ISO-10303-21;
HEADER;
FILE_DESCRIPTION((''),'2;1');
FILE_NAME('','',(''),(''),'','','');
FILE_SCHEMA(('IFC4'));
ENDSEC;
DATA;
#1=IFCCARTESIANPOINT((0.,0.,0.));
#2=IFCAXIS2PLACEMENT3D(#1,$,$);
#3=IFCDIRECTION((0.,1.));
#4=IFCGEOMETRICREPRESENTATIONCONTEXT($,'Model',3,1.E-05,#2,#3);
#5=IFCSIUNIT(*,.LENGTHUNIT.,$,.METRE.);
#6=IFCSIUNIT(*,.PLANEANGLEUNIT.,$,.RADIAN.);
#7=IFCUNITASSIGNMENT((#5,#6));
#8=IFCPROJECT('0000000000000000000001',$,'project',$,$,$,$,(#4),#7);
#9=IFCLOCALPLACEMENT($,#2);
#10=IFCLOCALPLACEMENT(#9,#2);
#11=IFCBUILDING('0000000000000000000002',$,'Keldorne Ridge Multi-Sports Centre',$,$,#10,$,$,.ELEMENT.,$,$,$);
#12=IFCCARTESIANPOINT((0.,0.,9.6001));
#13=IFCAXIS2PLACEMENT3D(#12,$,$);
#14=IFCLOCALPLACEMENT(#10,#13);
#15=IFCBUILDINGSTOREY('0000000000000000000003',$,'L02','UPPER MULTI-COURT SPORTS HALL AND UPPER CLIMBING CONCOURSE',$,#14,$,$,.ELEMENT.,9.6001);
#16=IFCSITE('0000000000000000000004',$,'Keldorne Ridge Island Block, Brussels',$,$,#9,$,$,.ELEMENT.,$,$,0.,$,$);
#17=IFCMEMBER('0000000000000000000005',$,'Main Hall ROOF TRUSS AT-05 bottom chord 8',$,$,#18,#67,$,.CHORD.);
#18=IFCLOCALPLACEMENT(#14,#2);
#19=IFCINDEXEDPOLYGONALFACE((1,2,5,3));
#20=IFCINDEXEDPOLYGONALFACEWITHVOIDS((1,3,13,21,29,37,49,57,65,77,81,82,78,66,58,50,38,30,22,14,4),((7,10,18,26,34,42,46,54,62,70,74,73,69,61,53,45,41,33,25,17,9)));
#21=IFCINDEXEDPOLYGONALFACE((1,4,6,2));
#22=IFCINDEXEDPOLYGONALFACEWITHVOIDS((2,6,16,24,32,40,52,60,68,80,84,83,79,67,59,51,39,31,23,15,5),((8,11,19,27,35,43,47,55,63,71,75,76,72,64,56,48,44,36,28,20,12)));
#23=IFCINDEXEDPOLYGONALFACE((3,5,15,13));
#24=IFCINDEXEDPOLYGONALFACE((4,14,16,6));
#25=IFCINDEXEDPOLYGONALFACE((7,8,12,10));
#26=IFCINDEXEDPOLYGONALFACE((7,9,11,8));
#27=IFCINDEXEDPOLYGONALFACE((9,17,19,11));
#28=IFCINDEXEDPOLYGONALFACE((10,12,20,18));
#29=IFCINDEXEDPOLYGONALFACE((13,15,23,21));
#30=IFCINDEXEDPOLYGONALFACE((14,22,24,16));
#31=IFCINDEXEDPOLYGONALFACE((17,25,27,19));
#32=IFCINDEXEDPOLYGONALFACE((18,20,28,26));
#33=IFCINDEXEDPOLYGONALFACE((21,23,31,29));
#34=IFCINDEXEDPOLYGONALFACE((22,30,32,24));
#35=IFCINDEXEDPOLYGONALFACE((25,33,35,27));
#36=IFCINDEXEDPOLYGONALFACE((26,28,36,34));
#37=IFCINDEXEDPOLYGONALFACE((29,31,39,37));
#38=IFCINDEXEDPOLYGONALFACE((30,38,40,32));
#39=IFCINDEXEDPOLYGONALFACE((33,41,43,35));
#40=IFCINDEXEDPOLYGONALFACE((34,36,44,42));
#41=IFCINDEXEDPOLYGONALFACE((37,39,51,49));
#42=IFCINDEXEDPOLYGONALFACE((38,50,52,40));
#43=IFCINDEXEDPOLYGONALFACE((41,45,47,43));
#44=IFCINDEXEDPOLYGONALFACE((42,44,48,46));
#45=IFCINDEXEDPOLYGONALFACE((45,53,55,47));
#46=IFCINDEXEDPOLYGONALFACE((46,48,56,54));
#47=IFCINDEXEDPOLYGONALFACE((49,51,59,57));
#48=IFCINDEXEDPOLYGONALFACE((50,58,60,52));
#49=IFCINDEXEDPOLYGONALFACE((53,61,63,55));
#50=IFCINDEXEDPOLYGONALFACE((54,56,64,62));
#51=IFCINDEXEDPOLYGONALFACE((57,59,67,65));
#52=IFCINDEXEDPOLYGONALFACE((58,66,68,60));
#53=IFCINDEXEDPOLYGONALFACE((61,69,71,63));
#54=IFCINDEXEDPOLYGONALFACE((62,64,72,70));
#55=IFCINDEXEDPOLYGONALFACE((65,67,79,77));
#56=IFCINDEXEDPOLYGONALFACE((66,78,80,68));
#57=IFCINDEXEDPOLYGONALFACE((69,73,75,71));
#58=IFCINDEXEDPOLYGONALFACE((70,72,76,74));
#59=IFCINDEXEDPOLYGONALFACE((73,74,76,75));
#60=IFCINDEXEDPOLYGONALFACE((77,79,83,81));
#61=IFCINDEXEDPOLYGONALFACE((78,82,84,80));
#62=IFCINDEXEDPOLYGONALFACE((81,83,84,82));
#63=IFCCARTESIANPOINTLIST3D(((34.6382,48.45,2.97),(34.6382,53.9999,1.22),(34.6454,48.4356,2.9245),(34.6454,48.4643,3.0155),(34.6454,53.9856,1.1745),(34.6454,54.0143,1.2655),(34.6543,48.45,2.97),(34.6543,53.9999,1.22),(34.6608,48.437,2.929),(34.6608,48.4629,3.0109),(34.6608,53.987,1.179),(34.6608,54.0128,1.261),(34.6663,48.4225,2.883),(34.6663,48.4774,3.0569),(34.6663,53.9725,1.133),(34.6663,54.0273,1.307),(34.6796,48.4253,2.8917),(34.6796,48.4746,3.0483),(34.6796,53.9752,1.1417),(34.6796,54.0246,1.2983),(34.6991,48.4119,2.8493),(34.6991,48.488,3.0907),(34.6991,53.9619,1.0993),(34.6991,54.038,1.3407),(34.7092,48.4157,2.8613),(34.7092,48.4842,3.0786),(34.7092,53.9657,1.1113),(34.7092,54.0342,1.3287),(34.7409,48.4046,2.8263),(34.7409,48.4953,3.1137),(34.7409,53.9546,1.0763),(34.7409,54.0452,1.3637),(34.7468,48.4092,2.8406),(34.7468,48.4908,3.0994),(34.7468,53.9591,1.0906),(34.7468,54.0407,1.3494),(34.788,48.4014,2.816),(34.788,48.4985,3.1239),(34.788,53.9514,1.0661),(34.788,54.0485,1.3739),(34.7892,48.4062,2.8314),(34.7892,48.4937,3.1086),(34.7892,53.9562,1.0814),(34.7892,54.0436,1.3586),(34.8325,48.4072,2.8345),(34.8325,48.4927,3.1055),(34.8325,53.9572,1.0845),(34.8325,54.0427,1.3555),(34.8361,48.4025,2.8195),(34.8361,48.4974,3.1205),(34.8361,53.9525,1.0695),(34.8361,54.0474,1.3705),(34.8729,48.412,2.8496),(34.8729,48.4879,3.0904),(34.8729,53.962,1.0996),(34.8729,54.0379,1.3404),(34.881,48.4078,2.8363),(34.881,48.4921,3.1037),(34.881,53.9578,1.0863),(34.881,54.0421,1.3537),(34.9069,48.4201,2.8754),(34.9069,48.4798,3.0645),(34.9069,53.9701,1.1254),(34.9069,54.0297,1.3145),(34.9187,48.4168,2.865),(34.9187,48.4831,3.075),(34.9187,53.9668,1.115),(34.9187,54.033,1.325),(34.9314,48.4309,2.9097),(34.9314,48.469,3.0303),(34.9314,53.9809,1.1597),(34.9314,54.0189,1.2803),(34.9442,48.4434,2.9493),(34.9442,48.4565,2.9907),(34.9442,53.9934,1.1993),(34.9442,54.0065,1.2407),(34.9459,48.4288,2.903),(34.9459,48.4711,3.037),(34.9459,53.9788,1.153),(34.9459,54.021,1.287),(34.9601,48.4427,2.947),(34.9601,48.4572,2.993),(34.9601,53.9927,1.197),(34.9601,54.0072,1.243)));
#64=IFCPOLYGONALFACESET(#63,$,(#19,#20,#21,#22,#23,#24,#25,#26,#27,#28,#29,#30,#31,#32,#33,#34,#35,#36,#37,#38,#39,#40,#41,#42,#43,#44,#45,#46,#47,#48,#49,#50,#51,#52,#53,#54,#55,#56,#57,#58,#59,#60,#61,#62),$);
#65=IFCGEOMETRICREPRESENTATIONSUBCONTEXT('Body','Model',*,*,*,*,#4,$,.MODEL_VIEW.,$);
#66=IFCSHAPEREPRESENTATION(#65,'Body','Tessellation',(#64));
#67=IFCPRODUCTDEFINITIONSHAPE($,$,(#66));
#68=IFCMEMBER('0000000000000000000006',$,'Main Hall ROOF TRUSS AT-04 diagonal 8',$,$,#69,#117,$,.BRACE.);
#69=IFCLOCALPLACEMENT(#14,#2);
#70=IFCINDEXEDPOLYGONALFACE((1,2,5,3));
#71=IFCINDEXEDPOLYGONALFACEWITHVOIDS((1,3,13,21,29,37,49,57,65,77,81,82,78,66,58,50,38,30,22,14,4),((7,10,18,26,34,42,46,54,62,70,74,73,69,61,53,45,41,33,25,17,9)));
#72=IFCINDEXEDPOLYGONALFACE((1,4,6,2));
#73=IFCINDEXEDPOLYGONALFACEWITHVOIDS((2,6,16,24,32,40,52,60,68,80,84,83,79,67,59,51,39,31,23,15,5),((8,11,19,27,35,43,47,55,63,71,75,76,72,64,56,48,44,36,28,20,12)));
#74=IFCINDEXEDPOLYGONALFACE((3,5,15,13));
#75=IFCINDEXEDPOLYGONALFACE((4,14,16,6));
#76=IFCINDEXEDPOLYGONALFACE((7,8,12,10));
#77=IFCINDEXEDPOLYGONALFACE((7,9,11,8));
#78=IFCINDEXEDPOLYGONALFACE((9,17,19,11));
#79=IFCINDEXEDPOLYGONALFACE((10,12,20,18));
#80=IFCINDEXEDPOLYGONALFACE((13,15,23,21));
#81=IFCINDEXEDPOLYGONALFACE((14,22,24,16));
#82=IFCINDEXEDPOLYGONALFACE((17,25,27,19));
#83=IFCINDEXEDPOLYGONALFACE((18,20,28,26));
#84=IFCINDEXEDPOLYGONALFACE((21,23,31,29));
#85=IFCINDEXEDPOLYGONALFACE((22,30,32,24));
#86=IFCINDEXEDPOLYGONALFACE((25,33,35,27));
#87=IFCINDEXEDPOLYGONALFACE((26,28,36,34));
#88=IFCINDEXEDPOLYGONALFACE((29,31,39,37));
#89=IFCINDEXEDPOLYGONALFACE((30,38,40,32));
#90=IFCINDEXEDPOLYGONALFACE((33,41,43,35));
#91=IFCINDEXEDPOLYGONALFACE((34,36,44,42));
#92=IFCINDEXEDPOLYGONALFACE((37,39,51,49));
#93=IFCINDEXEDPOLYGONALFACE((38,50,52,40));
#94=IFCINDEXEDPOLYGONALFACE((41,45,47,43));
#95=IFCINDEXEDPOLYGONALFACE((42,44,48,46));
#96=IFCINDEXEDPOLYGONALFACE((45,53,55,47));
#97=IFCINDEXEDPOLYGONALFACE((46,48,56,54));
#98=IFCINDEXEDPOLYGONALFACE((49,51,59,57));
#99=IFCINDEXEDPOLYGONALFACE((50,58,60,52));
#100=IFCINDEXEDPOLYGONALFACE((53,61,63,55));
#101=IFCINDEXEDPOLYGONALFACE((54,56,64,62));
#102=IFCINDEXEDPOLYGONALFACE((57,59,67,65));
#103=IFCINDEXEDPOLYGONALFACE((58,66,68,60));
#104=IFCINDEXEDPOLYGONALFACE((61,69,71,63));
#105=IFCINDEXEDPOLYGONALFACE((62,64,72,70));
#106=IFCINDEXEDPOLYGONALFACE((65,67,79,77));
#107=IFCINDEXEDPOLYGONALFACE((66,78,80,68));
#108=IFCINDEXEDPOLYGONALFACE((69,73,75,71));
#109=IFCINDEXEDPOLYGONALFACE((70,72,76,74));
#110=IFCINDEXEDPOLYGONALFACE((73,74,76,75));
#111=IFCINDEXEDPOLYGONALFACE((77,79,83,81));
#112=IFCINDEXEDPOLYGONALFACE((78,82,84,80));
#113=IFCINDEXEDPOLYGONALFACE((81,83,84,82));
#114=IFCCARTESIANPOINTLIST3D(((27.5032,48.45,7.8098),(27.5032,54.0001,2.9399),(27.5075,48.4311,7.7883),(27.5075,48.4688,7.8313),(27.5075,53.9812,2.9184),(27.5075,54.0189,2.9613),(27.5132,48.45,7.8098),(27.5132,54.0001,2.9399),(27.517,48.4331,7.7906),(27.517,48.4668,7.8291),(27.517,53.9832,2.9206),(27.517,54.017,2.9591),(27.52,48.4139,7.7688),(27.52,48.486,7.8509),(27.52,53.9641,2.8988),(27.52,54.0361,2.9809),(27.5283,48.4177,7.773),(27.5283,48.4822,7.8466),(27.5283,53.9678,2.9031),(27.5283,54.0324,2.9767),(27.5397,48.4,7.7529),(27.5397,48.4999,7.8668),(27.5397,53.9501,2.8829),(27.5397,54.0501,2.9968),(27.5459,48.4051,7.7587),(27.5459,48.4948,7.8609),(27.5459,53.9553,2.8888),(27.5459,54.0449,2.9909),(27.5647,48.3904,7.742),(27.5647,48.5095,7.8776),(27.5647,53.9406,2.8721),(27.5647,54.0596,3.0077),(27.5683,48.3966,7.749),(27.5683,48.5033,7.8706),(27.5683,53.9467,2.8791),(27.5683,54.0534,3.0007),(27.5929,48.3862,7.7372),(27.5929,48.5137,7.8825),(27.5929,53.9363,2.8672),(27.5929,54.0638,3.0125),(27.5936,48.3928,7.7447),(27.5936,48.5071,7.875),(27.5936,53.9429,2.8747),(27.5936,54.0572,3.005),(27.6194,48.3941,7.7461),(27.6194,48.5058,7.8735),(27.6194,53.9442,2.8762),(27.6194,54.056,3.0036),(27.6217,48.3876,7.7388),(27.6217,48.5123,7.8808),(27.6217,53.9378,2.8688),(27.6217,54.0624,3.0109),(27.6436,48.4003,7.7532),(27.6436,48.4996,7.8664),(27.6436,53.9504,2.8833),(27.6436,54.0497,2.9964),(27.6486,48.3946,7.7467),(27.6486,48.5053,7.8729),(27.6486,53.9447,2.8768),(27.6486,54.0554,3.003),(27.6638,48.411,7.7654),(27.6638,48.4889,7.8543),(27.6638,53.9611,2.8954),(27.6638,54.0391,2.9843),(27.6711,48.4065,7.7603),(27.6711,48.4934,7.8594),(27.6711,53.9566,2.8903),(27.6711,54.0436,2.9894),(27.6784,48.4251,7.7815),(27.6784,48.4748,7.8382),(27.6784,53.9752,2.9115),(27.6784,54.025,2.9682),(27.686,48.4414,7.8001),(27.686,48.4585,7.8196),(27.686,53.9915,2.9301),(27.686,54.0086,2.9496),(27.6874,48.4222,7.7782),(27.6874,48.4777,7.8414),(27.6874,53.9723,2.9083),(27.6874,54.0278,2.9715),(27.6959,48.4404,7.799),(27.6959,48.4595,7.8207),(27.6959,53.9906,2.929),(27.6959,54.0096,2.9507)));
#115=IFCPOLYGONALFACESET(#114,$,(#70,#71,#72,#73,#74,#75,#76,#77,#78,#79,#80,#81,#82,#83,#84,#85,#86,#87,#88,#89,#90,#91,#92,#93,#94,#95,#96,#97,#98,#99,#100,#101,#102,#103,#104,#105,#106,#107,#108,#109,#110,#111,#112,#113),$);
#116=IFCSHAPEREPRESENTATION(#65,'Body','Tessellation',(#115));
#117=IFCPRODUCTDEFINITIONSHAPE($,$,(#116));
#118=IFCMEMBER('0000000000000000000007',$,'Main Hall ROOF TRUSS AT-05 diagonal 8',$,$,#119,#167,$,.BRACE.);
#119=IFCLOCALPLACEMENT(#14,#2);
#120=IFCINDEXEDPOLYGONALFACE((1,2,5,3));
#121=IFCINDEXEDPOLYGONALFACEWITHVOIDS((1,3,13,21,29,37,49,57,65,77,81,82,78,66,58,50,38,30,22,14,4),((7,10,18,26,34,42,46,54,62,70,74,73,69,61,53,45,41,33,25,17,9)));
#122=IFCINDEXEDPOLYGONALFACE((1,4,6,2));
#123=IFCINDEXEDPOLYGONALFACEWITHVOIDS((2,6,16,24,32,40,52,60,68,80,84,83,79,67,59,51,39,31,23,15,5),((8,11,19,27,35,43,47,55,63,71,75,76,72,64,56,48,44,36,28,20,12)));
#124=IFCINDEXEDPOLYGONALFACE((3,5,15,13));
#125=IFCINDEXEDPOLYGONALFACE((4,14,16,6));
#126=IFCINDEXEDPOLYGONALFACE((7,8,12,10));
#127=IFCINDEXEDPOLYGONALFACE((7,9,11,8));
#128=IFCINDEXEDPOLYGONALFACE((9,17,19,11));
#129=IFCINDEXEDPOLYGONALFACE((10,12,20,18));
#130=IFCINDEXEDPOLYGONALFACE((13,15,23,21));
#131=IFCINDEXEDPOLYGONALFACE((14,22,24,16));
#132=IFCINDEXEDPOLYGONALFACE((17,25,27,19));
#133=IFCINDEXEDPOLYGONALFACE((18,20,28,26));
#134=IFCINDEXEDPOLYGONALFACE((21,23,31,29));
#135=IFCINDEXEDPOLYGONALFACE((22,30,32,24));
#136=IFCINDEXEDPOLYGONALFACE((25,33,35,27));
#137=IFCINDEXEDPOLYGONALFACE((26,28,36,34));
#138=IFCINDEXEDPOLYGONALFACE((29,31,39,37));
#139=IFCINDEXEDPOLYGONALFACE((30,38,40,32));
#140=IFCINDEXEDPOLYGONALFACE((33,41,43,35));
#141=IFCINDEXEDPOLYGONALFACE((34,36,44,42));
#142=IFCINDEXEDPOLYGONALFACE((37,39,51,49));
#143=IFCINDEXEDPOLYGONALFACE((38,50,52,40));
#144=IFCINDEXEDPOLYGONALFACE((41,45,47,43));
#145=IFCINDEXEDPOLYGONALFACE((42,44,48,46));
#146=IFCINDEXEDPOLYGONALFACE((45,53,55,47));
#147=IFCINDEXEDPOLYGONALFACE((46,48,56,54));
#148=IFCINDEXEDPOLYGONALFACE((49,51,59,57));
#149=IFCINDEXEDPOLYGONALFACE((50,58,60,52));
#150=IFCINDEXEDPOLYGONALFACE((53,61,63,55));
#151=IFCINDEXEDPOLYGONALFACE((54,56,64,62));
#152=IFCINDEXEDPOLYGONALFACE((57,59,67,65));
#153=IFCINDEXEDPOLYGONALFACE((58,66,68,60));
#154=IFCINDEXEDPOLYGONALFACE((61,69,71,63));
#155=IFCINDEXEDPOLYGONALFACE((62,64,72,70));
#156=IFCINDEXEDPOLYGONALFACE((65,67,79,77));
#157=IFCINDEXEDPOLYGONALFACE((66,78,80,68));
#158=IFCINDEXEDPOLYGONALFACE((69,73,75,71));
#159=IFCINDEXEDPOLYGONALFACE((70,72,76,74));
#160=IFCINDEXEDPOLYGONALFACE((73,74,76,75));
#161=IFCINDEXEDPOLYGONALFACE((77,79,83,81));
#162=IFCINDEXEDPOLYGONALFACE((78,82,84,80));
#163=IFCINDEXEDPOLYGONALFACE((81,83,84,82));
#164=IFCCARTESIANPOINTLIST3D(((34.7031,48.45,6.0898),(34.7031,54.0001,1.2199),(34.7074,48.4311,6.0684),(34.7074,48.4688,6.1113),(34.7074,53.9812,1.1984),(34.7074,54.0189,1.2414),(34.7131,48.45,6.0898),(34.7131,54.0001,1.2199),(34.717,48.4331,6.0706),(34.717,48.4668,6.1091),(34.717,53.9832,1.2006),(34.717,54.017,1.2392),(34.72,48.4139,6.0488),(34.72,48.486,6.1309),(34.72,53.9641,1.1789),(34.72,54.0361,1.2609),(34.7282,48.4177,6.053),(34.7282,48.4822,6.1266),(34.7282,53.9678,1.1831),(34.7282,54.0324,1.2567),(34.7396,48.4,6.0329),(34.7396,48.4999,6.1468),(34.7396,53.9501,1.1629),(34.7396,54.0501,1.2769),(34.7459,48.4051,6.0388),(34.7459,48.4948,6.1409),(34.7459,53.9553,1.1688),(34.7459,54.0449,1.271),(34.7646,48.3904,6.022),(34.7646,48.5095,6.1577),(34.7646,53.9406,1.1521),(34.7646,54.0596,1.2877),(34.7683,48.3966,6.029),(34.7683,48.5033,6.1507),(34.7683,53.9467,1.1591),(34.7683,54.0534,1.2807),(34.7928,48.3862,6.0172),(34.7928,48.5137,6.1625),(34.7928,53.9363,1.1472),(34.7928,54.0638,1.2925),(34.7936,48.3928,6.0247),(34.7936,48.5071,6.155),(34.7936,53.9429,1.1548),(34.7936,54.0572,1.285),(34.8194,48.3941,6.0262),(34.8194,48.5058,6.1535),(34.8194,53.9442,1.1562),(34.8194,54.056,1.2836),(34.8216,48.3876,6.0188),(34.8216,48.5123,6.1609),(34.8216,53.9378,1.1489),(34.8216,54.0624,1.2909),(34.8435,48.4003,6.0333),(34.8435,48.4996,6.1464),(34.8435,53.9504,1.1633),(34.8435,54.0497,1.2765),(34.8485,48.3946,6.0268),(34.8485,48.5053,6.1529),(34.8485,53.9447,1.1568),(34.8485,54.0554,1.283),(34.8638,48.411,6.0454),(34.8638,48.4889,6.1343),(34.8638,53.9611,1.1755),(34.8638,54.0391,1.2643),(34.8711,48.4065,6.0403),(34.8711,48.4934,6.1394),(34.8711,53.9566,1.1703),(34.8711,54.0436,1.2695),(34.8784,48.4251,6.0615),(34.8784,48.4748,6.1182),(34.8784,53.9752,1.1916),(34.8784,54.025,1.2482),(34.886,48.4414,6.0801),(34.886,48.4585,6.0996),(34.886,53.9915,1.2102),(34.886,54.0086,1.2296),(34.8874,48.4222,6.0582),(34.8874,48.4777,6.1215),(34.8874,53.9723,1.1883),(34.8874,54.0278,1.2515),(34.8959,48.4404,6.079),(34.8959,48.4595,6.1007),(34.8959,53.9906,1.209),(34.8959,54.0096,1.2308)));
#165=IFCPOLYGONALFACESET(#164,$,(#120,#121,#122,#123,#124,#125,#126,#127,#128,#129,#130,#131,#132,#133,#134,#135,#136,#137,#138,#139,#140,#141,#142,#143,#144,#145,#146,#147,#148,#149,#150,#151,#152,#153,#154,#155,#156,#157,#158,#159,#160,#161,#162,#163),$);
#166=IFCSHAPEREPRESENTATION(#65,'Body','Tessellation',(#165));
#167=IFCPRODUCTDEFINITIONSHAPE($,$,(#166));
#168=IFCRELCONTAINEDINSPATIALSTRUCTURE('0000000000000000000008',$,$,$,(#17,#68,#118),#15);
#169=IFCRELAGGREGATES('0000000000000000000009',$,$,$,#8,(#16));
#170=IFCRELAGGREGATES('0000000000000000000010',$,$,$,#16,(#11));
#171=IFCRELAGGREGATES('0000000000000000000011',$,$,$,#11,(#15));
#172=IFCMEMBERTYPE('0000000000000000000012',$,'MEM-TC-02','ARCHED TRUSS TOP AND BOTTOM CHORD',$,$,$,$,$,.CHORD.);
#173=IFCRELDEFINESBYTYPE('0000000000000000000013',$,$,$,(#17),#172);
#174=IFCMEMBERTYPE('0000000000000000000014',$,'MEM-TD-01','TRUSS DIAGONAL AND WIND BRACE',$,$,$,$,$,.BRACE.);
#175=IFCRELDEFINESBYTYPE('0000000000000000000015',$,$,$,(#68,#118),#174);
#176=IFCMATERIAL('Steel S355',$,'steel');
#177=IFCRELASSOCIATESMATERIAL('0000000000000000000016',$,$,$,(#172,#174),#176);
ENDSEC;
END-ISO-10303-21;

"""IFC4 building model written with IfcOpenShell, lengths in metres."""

from ifc_helpers import new_model, si_unit, direction, frame, origin, origin_2d, place, context, subcontext, project, spatial, hollow_circle, extrude, material, material_profile, profile_set, type_object, element, save


model = new_model("IFC4")

# Units and contexts
model_context = context("Model", 3, precision=1e-05, world=origin(), true_north=direction((0.0, 1.0)))
body_context = subcontext(model_context, "Body", "Model", "MODEL_VIEW")
ifc_project = project(units=[si_unit("LENGTHUNIT", "METRE"), si_unit("PLANEANGLEUNIT", "RADIAN")], contexts=[model_context])

# Site, building, storey
site_placement = place(None, origin())
site = spatial("IfcSite", under=ifc_project, at=site_placement, Name="Keldorne Ridge Island Block, Brussels", CompositionType="ELEMENT", RefElevation=0.0)
building_placement = place(site_placement, origin())
building = spatial("IfcBuilding", under=site, at=building_placement, Name="Keldorne Ridge Multi-Sports Centre", CompositionType="ELEMENT")
storey_placement = place(building_placement, frame((0.0, 0.0, 9.6001)))
storey = spatial("IfcBuildingStorey", under=building, at=storey_placement, Name="L02", Description="UPPER MULTI-COURT SPORTS HALL AND UPPER CLIMBING CONCOURSE", CompositionType="ELEMENT", Elevation=9.6001)

# Shared definitions
ifc_material_1 = material(Name="Steel S355", Category="steel")

# Members
ifc_material_profile_1 = material_profile(ifc_material_1, hollow_circle(Radius=0.1619, WallThickness=0.0161, at=origin_2d()), Name="CHS 323.9x16")
ifc_profile_set_1 = profile_set([ifc_material_profile_1], Name="Steel S355")
member_type_1 = type_object("IfcMemberType", Name="MEM-TC-02", Description="ARCHED TRUSS TOP AND BOTTOM CHORD", PredefinedType="CHORD", material=ifc_profile_set_1)
for number, where, z_axis, x_axis, name in (
    (1, (34.8, 48.45, 2.97), (0.0, 0.953713, -0.300718), (-1.0, 0.0, 0.0), "Main Hall ROOF TRUSS AT-05 bottom chord 8"),
):
    element("IfcMember", number, at=place(storey_placement, frame(where, z_axis=z_axis, x_axis=x_axis)), inside=storey, type_object=member_type_1, Name=name, PredefinedType="CHORD", context=body_context, shape_type="SweptSolid", body=[
        extrude(hollow_circle(Radius=0.1619, WallThickness=0.0161, at=origin_2d()), origin(), (0.0, 0.0, 1.0), 5.8193),
    ])
ifc_material_profile_2 = material_profile(ifc_material_1, hollow_circle(Radius=0.0969, WallThickness=0.01, at=origin_2d()), Name="CHS 193.7x10")
ifc_profile_set_2 = profile_set([ifc_material_profile_2], Name="Steel S355")
member_type_2 = type_object("IfcMemberType", Name="MEM-TD-01", Description="TRUSS DIAGONAL AND WIND BRACE", PredefinedType="BRACE", material=ifc_profile_set_2)
for number, where, z_axis, x_axis, name in (
    (2, (27.6001, 48.45, 7.8098), (0.0, 0.751664, -0.659546), (-1.0, 0.0, 0.0), "Main Hall ROOF TRUSS AT-04 diagonal 8"),
    (3, (34.8, 48.45, 6.0898), (0.0, 0.751664, -0.659546), (-1.0, 0.0, 0.0), "Main Hall ROOF TRUSS AT-05 diagonal 8"),
):
    element("IfcMember", number, at=place(storey_placement, frame(where, z_axis=z_axis, x_axis=x_axis)), inside=storey, type_object=member_type_2, Name=name, PredefinedType="BRACE", context=body_context, shape_type="SweptSolid", body=[
        extrude(hollow_circle(Radius=0.0969, WallThickness=0.01, at=origin_2d()), origin(), (0.0, 0.0, 1.0), 7.3838),
    ])

save(model, "model.ifc")
